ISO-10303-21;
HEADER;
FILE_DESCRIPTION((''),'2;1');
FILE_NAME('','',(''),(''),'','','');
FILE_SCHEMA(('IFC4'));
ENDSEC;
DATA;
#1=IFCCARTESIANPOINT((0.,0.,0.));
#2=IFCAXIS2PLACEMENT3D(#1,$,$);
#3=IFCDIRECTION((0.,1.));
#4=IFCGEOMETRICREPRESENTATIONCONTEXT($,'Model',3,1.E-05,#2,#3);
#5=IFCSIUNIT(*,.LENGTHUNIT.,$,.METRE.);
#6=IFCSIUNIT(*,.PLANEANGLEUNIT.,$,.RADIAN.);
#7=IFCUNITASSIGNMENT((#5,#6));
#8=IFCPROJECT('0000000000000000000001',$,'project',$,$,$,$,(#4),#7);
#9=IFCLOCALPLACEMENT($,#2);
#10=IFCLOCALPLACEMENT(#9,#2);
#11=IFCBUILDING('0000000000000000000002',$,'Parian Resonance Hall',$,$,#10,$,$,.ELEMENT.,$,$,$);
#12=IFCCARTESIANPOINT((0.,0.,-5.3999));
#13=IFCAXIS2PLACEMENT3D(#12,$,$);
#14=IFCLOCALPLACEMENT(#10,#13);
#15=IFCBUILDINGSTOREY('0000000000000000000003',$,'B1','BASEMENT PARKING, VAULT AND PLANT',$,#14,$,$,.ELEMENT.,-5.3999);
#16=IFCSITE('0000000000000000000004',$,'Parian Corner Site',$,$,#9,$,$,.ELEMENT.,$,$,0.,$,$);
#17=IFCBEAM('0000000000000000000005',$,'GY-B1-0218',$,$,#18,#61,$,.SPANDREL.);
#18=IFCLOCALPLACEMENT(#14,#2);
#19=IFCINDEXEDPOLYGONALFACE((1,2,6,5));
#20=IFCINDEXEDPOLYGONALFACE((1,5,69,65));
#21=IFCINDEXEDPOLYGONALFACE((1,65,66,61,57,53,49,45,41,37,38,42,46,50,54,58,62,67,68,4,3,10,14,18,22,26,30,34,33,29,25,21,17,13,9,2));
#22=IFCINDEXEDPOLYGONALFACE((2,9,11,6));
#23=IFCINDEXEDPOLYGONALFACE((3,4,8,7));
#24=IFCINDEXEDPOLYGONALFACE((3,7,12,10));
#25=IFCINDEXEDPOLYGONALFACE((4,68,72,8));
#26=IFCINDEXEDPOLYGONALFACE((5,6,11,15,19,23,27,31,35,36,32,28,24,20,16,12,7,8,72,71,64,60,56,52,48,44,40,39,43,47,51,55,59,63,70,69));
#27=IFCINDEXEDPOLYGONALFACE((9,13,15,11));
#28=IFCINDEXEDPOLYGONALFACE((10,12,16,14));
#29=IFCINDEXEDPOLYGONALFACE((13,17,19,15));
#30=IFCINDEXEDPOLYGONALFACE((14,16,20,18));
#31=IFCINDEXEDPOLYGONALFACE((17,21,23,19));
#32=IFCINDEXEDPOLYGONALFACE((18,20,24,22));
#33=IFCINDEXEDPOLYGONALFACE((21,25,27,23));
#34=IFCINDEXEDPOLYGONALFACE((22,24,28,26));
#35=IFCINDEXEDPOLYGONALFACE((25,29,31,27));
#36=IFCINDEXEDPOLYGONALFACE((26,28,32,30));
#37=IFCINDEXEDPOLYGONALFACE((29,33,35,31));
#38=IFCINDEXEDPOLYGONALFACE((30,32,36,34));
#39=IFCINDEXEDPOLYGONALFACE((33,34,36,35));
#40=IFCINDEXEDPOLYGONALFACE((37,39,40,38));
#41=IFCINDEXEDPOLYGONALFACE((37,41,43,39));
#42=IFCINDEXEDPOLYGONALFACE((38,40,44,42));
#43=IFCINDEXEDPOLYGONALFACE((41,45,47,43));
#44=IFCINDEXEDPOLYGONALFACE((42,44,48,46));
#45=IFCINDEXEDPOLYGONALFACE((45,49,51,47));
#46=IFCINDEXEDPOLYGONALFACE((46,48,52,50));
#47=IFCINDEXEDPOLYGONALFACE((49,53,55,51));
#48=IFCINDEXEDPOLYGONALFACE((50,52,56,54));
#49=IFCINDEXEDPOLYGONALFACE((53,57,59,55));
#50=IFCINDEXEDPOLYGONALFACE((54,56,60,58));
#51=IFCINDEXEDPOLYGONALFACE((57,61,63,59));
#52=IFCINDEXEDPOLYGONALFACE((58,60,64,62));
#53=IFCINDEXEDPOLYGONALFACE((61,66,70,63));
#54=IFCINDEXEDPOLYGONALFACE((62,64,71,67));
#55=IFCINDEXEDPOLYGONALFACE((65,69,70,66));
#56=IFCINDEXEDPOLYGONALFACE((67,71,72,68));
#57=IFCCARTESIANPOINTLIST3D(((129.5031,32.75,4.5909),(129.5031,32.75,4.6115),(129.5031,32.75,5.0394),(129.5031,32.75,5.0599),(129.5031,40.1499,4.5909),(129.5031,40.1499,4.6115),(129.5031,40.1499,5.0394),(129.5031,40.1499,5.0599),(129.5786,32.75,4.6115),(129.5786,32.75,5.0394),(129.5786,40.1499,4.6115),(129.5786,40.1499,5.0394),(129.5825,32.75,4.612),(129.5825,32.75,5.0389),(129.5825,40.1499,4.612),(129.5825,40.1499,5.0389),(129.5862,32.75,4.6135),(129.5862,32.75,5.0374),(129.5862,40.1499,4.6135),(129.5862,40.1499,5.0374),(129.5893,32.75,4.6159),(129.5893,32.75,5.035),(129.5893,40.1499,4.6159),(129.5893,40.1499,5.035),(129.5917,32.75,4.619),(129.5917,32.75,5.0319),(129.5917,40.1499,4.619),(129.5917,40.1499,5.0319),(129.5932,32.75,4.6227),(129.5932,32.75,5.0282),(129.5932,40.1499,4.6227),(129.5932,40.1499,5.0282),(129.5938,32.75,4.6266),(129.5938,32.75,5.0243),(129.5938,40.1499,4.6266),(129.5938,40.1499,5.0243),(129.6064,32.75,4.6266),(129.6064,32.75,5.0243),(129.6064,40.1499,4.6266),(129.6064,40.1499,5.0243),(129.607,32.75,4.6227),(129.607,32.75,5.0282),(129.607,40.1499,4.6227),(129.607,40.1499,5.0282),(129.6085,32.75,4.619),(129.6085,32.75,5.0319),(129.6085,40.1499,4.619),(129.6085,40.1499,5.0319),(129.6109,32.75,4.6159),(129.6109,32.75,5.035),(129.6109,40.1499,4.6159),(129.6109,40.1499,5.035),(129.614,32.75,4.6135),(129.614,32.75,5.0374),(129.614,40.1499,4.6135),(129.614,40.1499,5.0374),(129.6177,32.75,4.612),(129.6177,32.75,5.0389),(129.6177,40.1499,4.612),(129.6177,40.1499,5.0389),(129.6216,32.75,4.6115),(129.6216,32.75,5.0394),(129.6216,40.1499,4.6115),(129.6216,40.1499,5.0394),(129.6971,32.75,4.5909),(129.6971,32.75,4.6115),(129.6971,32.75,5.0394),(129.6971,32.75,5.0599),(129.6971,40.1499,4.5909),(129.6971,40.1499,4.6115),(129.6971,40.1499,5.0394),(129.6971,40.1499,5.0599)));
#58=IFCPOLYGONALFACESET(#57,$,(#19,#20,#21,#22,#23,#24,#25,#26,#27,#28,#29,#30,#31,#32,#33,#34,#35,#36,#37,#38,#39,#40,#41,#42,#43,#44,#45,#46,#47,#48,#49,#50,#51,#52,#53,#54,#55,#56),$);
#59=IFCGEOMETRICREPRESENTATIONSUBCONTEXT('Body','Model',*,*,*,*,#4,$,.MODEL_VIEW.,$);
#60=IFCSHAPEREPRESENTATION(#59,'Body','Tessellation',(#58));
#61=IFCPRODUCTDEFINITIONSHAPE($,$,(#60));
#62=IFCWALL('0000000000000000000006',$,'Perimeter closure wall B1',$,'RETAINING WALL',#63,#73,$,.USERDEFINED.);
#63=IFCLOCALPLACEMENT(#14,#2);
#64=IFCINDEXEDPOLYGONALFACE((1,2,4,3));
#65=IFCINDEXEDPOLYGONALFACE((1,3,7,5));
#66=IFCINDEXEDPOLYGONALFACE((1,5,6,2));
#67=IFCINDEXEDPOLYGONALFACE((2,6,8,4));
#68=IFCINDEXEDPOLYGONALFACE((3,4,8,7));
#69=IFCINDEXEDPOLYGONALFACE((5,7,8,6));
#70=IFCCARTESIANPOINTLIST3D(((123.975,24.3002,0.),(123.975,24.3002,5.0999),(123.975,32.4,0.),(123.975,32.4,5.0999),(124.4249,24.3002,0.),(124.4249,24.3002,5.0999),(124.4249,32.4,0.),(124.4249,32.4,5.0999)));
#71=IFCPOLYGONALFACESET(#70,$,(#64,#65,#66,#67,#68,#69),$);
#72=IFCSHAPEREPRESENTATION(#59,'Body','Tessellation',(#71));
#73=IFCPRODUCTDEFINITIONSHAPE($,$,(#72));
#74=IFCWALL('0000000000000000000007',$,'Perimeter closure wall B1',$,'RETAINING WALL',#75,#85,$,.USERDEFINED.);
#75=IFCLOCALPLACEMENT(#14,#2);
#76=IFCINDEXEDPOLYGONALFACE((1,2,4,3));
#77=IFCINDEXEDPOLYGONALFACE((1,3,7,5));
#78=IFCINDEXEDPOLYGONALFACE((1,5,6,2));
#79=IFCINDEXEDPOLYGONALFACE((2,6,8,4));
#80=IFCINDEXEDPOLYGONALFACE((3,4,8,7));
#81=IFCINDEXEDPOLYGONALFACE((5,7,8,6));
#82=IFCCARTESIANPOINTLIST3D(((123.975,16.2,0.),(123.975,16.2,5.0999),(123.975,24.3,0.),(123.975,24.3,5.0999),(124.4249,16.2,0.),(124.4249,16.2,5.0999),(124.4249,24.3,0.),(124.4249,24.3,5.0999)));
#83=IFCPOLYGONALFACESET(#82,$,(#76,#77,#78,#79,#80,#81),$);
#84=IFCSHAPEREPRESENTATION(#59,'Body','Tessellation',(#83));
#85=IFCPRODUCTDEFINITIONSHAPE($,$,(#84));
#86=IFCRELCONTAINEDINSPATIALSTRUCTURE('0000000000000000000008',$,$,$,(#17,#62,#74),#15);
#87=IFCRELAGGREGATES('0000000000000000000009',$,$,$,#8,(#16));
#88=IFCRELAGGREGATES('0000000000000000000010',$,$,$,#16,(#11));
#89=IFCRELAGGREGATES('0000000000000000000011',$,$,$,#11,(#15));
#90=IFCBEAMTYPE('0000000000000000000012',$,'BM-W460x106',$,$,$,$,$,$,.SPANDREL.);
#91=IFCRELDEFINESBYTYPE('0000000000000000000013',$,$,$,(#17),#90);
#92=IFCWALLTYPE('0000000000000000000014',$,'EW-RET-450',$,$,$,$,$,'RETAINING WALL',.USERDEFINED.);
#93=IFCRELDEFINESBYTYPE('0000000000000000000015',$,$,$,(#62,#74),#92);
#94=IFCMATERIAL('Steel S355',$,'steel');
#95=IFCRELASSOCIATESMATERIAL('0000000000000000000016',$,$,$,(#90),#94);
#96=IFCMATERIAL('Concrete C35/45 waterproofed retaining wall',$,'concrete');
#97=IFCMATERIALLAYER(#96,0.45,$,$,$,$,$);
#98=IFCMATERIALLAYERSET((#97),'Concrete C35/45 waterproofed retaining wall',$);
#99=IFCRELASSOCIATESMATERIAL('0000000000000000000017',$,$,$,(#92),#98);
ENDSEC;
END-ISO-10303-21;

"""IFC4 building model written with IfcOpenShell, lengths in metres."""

from ifc_helpers import new_model, si_unit, direction, frame, frame_2d, origin, origin_2d, place, context, subcontext, project, spatial, rectangle, i_section, extrude, material, layer, layer_set, material_profile, profile_set, type_object, element, save


model = new_model("IFC4")

# Units and contexts
model_context = context("Model", 3, precision=1e-05, world=origin(), true_north=direction((0.0, 1.0)))
body_context = subcontext(model_context, "Body", "Model", "MODEL_VIEW")
ifc_project = project(units=[si_unit("LENGTHUNIT", "METRE"), si_unit("PLANEANGLEUNIT", "RADIAN")], contexts=[model_context])

# Site, building, storey
site_placement = place(None, origin())
site = spatial("IfcSite", under=ifc_project, at=site_placement, Name="Parian Corner Site", CompositionType="ELEMENT", RefElevation=0.0)
building_placement = place(site_placement, origin())
building = spatial("IfcBuilding", under=site, at=building_placement, Name="Parian Resonance Hall", CompositionType="ELEMENT")
storey_placement = place(building_placement, frame((0.0, 0.0, -5.3999)))
storey = spatial("IfcBuildingStorey", under=building, at=storey_placement, Name="B1", Description="BASEMENT PARKING, VAULT AND PLANT", CompositionType="ELEMENT", Elevation=-5.3999)

# Beam
ifc_material_1 = material(Name="Steel S355", Category="steel")
ifc_material_profile_1 = material_profile(ifc_material_1, i_section(OverallWidth=0.1941, OverallDepth=0.469, WebThickness=0.0127, FlangeThickness=0.0205, FilletRadius=0.0151, at=origin_2d()), Name="W460x106")
ifc_profile_set_1 = profile_set([ifc_material_profile_1], Name="Steel S355")
beam_type_1 = type_object("IfcBeamType", Name="BM-W460x106", PredefinedType="SPANDREL", material=ifc_profile_set_1)
beam_1_placement = place(storey_placement, frame((129.6001, 32.75, 4.8254), z_axis=(0.0, 1.0, 0.0), x_axis=(-1.0, 0.0, 0.0)))
element("IfcBeam", 1, at=beam_1_placement, inside=storey, type_object=beam_type_1, Name="GY-B1-0218", PredefinedType="SPANDREL", context=body_context, shape_type="SweptSolid", body=[
    extrude(i_section(OverallWidth=0.1941, OverallDepth=0.469, WebThickness=0.0127, FlangeThickness=0.0205, FilletRadius=0.0151, at=origin_2d()), origin(), (0.0, 0.0, 1.0), 7.3999),
])

# Walls
ifc_material_2 = material(Name="Concrete C35/45 waterproofed retaining wall", Category="concrete")
ifc_layer = layer(ifc_material_2, 0.45)
ifc_layer_set = layer_set([ifc_layer], Name="Concrete C35/45 waterproofed retaining wall")
wall_type = type_object("IfcWallType", Name="EW-RET-450", ElementType="RETAINING WALL", PredefinedType="USERDEFINED", material=ifc_layer_set)
wall_1_placement = place(storey_placement, frame((124.2, 32.3999, 0.0), z_axis=(0.0, 0.0, 1.0), x_axis=(0.0, -1.0, 0.0)))
element("IfcWall", 2, at=wall_1_placement, inside=storey, type_object=wall_type, Name="Perimeter closure wall B1", ObjectType="RETAINING WALL", PredefinedType="USERDEFINED", context=body_context, shape_type="SweptSolid", body=[
    extrude(rectangle(XDim=8.0999, YDim=0.45, at=frame_2d((4.0498, 0.0))), origin(), (0.0, 0.0, 1.0), 5.0999),
])
wall_2_placement = place(storey_placement, frame((124.2, 24.3, 0.0), z_axis=(0.0, 0.0, 1.0), x_axis=(0.0, -1.0, 0.0)))
element("IfcWall", 3, at=wall_2_placement, inside=storey, type_object=wall_type, Name="Perimeter closure wall B1", ObjectType="RETAINING WALL", PredefinedType="USERDEFINED", context=body_context, shape_type="SweptSolid", body=[
    extrude(rectangle(XDim=8.1001, YDim=0.45, at=frame_2d((4.05, 0.0))), origin(), (0.0, 0.0, 1.0), 5.0999),
])

save(model, "model.ifc")
